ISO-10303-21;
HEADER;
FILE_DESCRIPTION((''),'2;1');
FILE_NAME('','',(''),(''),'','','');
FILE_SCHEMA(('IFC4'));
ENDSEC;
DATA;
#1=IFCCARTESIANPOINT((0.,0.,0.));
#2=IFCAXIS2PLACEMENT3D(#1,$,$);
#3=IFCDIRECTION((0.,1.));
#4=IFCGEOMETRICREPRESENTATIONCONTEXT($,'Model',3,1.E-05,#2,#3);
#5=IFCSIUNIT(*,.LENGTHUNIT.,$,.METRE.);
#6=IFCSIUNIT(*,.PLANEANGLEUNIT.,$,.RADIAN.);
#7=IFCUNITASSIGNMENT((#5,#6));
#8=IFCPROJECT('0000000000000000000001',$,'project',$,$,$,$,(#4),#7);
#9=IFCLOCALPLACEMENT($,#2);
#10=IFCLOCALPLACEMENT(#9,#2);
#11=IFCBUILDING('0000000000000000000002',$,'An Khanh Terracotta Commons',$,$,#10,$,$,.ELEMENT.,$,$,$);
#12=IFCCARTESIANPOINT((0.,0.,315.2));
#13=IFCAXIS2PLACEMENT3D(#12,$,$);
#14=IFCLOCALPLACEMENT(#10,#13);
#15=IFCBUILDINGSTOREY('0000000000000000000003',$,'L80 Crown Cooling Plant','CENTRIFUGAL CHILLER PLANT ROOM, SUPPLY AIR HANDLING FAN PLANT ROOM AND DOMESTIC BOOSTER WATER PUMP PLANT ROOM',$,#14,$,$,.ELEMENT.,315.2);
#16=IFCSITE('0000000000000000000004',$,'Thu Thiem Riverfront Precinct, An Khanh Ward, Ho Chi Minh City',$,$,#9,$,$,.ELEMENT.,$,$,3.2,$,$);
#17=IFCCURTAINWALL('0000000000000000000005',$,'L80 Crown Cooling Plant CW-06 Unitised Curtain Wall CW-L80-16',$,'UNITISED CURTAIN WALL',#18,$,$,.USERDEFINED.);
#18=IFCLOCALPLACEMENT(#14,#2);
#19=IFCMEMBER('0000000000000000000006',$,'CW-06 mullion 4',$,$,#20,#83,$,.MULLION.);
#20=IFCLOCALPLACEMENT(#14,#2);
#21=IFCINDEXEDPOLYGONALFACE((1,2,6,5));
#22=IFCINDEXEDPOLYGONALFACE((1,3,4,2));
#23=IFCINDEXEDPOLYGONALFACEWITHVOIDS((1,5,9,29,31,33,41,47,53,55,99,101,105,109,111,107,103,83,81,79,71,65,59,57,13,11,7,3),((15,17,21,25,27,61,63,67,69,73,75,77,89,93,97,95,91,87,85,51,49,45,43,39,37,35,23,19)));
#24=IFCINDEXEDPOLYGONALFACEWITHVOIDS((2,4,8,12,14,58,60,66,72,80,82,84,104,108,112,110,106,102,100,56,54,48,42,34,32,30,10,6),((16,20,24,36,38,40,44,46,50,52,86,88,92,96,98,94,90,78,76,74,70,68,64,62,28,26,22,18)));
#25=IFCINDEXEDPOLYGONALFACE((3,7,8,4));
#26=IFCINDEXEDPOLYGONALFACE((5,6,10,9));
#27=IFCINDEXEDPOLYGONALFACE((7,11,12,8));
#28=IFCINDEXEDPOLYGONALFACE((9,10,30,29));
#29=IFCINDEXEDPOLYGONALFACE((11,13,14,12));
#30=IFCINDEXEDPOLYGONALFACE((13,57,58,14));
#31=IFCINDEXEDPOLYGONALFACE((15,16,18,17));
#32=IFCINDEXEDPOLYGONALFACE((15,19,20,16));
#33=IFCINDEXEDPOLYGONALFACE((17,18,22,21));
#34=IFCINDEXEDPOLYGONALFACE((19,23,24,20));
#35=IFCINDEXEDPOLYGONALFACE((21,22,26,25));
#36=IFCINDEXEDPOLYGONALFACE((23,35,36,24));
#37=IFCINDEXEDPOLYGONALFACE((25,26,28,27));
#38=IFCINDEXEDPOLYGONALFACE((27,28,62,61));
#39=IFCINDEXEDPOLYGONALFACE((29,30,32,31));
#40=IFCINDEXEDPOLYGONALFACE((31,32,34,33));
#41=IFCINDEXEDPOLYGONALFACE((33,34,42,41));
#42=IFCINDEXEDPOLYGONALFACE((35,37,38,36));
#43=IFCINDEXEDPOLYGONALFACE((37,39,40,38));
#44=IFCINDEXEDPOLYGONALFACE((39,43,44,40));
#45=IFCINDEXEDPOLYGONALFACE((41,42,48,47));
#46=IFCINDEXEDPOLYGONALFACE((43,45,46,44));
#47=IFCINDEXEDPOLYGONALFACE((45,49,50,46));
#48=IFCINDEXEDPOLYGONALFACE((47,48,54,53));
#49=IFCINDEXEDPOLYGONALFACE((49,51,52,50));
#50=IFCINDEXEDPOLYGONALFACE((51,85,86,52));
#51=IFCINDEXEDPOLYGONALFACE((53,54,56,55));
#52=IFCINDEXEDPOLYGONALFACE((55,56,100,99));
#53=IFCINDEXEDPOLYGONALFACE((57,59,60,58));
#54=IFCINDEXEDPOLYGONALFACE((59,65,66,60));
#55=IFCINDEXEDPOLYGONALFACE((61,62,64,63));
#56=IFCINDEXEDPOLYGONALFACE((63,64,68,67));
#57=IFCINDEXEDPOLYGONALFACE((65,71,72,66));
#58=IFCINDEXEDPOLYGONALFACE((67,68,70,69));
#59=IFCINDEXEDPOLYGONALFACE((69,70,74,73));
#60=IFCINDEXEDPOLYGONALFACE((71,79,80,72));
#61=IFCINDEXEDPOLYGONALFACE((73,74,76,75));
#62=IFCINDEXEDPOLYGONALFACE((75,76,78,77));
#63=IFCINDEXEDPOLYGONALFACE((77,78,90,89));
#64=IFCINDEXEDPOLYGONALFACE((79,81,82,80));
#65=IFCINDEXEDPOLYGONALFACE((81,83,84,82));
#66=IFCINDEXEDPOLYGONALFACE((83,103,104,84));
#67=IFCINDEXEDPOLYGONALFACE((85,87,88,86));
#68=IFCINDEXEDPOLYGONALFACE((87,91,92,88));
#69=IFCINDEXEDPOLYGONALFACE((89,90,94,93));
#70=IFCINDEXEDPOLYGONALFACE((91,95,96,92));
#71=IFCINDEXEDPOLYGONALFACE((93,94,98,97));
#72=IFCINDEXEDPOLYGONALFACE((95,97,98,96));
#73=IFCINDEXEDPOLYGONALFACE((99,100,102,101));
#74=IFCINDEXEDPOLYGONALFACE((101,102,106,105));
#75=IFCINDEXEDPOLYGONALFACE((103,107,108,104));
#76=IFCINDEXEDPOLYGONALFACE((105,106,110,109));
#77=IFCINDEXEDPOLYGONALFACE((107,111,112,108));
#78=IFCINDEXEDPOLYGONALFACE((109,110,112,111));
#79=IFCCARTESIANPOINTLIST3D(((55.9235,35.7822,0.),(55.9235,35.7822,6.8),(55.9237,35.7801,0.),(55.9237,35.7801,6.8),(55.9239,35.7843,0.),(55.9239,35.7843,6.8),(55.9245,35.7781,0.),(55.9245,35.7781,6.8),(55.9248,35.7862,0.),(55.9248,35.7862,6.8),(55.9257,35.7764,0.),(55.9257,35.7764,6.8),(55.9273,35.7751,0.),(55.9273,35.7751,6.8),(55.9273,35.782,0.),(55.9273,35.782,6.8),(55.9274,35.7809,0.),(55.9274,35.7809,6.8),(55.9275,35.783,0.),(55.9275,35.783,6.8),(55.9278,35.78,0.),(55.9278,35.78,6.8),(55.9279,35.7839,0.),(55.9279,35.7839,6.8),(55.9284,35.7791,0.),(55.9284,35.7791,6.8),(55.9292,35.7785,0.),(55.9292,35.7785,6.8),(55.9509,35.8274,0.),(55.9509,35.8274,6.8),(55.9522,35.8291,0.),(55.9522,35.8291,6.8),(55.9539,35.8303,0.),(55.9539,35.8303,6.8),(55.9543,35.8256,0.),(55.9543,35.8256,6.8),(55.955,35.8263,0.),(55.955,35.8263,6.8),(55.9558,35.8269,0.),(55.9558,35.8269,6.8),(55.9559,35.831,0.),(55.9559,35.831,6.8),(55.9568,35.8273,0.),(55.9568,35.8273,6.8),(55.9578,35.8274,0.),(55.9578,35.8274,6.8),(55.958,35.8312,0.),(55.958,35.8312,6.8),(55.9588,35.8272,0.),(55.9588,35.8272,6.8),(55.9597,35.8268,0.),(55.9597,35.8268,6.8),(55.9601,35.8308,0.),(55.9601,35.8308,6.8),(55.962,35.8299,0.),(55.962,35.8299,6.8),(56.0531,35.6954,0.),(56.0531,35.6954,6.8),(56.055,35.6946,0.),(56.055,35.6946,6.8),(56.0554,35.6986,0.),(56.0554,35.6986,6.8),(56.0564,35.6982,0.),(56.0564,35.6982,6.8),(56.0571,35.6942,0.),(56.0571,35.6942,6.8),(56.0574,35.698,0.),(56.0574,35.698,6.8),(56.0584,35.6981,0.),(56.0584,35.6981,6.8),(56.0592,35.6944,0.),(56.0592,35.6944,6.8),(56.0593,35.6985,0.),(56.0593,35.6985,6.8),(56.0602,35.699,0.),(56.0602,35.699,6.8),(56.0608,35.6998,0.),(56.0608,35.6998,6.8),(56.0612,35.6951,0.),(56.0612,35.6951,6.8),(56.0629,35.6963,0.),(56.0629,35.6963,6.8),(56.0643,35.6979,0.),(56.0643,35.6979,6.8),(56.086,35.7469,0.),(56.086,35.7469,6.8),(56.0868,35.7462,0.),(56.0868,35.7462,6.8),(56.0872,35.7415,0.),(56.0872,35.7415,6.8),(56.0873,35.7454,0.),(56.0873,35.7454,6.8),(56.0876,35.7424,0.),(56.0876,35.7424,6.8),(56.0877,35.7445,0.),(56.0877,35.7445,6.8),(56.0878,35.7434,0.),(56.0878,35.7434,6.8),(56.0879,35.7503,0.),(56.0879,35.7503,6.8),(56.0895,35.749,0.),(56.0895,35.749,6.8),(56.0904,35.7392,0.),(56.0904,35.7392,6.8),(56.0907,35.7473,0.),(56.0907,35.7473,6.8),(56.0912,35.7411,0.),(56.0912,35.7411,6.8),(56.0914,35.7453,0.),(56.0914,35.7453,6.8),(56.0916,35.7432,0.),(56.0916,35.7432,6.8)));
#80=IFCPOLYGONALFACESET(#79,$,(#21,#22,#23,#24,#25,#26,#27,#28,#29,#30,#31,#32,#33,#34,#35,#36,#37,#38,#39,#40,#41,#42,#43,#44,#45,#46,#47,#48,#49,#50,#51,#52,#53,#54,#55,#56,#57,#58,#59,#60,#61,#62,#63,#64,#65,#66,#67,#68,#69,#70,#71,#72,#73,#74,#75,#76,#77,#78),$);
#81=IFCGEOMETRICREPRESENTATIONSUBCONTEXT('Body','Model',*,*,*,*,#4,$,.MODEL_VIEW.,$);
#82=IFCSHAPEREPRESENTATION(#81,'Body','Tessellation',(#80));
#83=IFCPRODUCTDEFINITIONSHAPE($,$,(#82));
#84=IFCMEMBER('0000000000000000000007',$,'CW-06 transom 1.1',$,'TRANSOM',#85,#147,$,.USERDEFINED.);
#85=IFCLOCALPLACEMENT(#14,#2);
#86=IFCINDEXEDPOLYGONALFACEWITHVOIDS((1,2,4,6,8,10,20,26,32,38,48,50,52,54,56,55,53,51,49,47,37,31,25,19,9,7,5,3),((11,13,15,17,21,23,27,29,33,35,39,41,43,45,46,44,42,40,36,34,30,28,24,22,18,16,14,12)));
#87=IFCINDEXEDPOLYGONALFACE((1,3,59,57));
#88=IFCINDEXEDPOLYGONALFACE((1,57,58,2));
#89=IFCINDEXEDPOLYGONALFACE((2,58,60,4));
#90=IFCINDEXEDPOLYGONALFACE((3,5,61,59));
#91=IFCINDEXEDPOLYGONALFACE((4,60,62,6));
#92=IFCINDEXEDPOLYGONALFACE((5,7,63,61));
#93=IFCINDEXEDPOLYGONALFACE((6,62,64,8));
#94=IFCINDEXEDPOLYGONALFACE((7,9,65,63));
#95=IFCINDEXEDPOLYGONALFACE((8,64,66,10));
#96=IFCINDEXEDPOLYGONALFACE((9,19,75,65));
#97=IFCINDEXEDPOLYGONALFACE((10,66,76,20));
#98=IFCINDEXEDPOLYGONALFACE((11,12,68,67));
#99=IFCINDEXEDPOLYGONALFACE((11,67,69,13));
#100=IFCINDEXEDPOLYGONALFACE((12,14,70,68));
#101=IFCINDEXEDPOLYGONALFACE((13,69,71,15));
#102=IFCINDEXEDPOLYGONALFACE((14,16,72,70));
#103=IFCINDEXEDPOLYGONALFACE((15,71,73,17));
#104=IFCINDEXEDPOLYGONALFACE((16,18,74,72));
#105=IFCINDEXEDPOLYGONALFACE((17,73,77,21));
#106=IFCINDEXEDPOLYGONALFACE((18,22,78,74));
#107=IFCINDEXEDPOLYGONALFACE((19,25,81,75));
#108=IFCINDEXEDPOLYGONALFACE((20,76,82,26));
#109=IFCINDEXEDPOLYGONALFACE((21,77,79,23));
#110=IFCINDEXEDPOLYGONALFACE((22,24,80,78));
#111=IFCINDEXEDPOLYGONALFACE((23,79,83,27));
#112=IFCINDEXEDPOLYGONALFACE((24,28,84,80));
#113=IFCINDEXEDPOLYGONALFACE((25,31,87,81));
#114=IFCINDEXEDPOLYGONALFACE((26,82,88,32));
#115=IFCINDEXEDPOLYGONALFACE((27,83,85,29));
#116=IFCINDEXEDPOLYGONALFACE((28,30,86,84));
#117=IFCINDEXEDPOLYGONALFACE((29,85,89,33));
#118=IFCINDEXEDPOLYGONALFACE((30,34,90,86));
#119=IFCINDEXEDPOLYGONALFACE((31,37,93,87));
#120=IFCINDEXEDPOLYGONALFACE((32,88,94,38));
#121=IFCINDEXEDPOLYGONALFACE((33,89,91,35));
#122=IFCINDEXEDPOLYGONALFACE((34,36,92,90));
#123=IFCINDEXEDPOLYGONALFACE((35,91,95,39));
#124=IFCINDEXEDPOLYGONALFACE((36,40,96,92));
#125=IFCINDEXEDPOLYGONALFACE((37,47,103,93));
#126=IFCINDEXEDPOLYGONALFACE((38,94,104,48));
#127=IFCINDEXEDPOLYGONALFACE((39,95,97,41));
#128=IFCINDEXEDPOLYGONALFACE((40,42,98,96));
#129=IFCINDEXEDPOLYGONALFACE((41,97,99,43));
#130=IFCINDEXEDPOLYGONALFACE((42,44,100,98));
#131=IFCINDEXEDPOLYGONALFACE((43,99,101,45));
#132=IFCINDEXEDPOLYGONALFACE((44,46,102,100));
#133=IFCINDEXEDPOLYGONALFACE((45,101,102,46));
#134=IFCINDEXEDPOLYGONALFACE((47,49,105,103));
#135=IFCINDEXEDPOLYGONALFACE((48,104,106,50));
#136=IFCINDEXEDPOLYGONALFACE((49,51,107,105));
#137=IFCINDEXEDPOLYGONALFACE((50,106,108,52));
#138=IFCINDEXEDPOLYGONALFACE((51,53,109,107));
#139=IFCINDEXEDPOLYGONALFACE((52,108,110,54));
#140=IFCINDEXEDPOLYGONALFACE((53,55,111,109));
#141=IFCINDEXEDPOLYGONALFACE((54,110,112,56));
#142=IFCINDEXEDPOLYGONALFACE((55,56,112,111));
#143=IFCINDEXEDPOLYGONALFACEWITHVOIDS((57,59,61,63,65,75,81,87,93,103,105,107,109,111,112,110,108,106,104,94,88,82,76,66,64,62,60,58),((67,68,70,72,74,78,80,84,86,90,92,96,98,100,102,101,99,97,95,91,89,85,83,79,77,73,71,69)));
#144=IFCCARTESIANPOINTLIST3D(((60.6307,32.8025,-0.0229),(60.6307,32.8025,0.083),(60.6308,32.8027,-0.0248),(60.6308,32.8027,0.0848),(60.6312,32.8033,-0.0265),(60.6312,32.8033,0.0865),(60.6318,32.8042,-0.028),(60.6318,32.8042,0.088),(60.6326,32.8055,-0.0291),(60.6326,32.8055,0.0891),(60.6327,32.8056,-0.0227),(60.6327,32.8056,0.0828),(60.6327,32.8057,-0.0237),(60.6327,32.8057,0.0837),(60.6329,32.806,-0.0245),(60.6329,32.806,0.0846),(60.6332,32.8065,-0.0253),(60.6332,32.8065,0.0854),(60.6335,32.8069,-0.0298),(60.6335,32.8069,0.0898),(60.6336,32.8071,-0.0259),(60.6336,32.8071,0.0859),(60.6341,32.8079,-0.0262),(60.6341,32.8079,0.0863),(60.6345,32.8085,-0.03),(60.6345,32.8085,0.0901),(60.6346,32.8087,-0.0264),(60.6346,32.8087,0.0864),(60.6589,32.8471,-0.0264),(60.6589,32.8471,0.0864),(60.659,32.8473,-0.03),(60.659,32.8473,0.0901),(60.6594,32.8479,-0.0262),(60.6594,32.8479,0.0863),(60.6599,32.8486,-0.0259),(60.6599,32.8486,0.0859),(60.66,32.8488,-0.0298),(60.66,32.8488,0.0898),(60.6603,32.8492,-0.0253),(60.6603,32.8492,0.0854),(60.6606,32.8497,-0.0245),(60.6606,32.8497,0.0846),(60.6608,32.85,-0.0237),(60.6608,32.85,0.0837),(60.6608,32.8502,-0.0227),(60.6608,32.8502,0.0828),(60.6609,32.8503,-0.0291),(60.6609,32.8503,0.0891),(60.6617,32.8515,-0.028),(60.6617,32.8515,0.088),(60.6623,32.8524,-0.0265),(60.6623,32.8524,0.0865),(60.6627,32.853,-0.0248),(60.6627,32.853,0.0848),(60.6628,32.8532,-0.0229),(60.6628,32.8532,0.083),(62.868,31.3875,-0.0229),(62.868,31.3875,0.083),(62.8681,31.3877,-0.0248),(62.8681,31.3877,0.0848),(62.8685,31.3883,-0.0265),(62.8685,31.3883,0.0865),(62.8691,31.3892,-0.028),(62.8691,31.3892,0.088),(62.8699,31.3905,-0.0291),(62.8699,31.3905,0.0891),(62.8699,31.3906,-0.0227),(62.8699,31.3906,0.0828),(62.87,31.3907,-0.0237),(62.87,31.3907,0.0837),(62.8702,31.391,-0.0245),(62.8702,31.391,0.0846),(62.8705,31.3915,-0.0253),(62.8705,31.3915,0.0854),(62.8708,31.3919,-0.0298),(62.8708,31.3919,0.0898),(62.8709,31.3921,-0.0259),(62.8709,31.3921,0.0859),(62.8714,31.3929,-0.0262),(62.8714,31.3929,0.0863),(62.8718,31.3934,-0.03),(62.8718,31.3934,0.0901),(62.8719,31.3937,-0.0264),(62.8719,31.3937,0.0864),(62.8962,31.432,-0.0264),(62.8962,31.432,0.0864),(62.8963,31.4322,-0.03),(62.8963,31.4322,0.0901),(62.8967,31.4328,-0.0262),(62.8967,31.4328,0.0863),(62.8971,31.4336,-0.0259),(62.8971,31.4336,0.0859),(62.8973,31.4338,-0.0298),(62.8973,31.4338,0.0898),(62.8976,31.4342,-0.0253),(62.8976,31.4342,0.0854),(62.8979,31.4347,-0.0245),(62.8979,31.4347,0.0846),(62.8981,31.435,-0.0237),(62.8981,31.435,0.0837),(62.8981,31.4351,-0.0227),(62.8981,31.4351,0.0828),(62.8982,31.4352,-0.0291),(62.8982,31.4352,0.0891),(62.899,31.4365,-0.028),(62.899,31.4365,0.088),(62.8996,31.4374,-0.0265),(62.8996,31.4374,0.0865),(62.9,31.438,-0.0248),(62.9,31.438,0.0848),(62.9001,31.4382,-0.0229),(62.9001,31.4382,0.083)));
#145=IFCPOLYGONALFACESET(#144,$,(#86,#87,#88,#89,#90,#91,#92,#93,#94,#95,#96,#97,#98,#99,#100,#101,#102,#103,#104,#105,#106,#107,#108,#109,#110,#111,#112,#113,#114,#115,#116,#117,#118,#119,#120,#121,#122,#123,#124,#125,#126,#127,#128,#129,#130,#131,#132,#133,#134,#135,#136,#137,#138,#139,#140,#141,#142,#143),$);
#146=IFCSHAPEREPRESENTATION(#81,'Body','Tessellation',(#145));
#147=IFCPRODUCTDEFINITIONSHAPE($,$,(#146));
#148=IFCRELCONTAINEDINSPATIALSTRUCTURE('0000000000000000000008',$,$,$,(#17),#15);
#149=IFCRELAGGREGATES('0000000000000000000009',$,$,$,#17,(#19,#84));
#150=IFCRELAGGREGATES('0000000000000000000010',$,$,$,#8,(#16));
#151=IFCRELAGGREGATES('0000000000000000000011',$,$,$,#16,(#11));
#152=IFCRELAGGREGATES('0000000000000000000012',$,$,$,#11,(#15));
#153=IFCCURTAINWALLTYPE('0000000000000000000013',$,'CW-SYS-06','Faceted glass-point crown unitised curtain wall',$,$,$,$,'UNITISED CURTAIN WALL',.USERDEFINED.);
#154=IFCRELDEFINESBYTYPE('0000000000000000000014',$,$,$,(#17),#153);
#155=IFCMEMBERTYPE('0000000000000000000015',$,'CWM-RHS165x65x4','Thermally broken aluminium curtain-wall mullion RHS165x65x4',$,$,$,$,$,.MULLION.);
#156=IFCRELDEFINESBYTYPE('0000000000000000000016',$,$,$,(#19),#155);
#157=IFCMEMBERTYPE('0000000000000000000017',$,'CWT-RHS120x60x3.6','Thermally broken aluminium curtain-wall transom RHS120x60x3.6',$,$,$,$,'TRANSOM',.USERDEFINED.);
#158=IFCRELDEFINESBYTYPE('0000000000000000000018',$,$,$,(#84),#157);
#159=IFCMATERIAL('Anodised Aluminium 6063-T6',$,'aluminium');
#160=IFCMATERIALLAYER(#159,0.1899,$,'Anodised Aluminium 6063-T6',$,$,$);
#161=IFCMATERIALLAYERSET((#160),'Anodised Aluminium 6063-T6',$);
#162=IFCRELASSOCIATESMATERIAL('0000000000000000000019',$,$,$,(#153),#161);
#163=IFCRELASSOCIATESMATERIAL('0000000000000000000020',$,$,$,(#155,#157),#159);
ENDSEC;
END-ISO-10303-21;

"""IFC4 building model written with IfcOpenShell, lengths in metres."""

from ifc_helpers import new_model, si_unit, direction, frame, origin, origin_2d, place, context, subcontext, project, spatial, hollow_rectangle, extrude, material, layer, layer_set, material_profile, profile_set, type_object, element, aggregate, save


model = new_model("IFC4")

# Units and contexts
model_context = context("Model", 3, precision=1e-05, world=origin(), true_north=direction((0.0, 1.0)))
body_context = subcontext(model_context, "Body", "Model", "MODEL_VIEW")
ifc_project = project(units=[si_unit("LENGTHUNIT", "METRE"), si_unit("PLANEANGLEUNIT", "RADIAN")], contexts=[model_context])

# Site, building, storey
site_placement = place(None, origin())
site = spatial("IfcSite", under=ifc_project, at=site_placement, Name="Thu Thiem Riverfront Precinct, An Khanh Ward, Ho Chi Minh City", CompositionType="ELEMENT", RefElevation=3.2)
building_placement = place(site_placement, origin())
building = spatial("IfcBuilding", under=site, at=building_placement, Name="An Khanh Terracotta Commons", CompositionType="ELEMENT")
storey_placement = place(building_placement, frame((0.0, 0.0, 315.2)))
storey = spatial("IfcBuildingStorey", under=building, at=storey_placement, Name="L80 Crown Cooling Plant", Description="CENTRIFUGAL CHILLER PLANT ROOM, SUPPLY AIR HANDLING FAN PLANT ROOM AND DOMESTIC BOOSTER WATER PUMP PLANT ROOM", CompositionType="ELEMENT", Elevation=315.2)

# Curtain wall, members
ifc_material_1 = material(Name="Anodised Aluminium 6063-T6", Category="aluminium")
ifc_layer_1 = layer(ifc_material_1, 0.1899, Name="Anodised Aluminium 6063-T6")
ifc_layer_set_1 = layer_set([ifc_layer_1], Name="Anodised Aluminium 6063-T6")
curtain_wall_type = type_object("IfcCurtainWallType", Name="CW-SYS-06", Description="Faceted glass-point crown unitised curtain wall", ElementType="UNITISED CURTAIN WALL", PredefinedType="USERDEFINED", material=ifc_layer_set_1)
curtain_wall_placement = place(storey_placement, origin())
curtain_wall = element("IfcCurtainWall", 1, at=curtain_wall_placement, inside=storey, type_object=curtain_wall_type, Name="L80 Crown Cooling Plant CW-06 Unitised Curtain Wall CW-L80-16", ObjectType="UNITISED CURTAIN WALL", PredefinedType="USERDEFINED")
ifc_material_profile_1 = material_profile(ifc_material_1, hollow_rectangle(XDim=0.0649, YDim=0.165, WallThickness=0.0039, InnerFilletRadius=0.0039, OuterFilletRadius=0.0081, at=origin_2d()), Name="RHS165x65x4")
ifc_profile_set_1 = profile_set([ifc_material_profile_1], Name="Anodised Aluminium 6063-T6")
member_type_1 = type_object("IfcMemberType", Name="CWM-RHS165x65x4", Description="Thermally broken aluminium curtain-wall mullion RHS165x65x4", PredefinedType="MULLION", material=ifc_profile_set_1)
member_1_placement = place(storey_placement, frame((56.0076, 35.7627, 0.0), z_axis=(0.0, 0.0, 1.0), x_axis=(-0.534587, -0.845114, 0.0)))
member_1 = element("IfcMember", 2, at=member_1_placement, type_object=member_type_1, Name="CW-06 mullion 4", PredefinedType="MULLION", context=body_context, shape_type="SweptSolid", body=[
    extrude(hollow_rectangle(XDim=0.0649, YDim=0.165, WallThickness=0.0039, InnerFilletRadius=0.0039, OuterFilletRadius=0.0081, at=origin_2d()), origin(), (0.0, 0.0, 1.0), 6.8),
])
ifc_material_profile_2 = material_profile(ifc_material_1, hollow_rectangle(XDim=0.0601, YDim=0.1201, WallThickness=0.0037, InnerFilletRadius=0.0037, OuterFilletRadius=0.0071, at=origin_2d()), Name="RHS120x60x3.6")
ifc_profile_set_2 = profile_set([ifc_material_profile_2], Name="Anodised Aluminium 6063-T6")
member_type_2 = type_object("IfcMemberType", Name="CWT-RHS120x60x3.6", Description="Thermally broken aluminium curtain-wall transom RHS120x60x3.6", ElementType="TRANSOM", PredefinedType="USERDEFINED", material=ifc_profile_set_2)
member_2_placement = place(storey_placement, frame((62.884, 31.4128, 0.03), z_axis=(-0.845147, 0.534534, 0.0), x_axis=(-0.534534, -0.845147, 0.0)))
member_2 = element("IfcMember", 3, at=member_2_placement, type_object=member_type_2, Name="CW-06 transom 1.1", ObjectType="TRANSOM", PredefinedType="USERDEFINED", context=body_context, shape_type="SweptSolid", body=[
    extrude(hollow_rectangle(XDim=0.0601, YDim=0.1201, WallThickness=0.0037, InnerFilletRadius=0.0037, OuterFilletRadius=0.0071, at=origin_2d()), origin(), (0.0, 0.0, 1.0), 2.6472),
])
aggregate(curtain_wall, [member_1, member_2])

save(model, "model.ifc")
